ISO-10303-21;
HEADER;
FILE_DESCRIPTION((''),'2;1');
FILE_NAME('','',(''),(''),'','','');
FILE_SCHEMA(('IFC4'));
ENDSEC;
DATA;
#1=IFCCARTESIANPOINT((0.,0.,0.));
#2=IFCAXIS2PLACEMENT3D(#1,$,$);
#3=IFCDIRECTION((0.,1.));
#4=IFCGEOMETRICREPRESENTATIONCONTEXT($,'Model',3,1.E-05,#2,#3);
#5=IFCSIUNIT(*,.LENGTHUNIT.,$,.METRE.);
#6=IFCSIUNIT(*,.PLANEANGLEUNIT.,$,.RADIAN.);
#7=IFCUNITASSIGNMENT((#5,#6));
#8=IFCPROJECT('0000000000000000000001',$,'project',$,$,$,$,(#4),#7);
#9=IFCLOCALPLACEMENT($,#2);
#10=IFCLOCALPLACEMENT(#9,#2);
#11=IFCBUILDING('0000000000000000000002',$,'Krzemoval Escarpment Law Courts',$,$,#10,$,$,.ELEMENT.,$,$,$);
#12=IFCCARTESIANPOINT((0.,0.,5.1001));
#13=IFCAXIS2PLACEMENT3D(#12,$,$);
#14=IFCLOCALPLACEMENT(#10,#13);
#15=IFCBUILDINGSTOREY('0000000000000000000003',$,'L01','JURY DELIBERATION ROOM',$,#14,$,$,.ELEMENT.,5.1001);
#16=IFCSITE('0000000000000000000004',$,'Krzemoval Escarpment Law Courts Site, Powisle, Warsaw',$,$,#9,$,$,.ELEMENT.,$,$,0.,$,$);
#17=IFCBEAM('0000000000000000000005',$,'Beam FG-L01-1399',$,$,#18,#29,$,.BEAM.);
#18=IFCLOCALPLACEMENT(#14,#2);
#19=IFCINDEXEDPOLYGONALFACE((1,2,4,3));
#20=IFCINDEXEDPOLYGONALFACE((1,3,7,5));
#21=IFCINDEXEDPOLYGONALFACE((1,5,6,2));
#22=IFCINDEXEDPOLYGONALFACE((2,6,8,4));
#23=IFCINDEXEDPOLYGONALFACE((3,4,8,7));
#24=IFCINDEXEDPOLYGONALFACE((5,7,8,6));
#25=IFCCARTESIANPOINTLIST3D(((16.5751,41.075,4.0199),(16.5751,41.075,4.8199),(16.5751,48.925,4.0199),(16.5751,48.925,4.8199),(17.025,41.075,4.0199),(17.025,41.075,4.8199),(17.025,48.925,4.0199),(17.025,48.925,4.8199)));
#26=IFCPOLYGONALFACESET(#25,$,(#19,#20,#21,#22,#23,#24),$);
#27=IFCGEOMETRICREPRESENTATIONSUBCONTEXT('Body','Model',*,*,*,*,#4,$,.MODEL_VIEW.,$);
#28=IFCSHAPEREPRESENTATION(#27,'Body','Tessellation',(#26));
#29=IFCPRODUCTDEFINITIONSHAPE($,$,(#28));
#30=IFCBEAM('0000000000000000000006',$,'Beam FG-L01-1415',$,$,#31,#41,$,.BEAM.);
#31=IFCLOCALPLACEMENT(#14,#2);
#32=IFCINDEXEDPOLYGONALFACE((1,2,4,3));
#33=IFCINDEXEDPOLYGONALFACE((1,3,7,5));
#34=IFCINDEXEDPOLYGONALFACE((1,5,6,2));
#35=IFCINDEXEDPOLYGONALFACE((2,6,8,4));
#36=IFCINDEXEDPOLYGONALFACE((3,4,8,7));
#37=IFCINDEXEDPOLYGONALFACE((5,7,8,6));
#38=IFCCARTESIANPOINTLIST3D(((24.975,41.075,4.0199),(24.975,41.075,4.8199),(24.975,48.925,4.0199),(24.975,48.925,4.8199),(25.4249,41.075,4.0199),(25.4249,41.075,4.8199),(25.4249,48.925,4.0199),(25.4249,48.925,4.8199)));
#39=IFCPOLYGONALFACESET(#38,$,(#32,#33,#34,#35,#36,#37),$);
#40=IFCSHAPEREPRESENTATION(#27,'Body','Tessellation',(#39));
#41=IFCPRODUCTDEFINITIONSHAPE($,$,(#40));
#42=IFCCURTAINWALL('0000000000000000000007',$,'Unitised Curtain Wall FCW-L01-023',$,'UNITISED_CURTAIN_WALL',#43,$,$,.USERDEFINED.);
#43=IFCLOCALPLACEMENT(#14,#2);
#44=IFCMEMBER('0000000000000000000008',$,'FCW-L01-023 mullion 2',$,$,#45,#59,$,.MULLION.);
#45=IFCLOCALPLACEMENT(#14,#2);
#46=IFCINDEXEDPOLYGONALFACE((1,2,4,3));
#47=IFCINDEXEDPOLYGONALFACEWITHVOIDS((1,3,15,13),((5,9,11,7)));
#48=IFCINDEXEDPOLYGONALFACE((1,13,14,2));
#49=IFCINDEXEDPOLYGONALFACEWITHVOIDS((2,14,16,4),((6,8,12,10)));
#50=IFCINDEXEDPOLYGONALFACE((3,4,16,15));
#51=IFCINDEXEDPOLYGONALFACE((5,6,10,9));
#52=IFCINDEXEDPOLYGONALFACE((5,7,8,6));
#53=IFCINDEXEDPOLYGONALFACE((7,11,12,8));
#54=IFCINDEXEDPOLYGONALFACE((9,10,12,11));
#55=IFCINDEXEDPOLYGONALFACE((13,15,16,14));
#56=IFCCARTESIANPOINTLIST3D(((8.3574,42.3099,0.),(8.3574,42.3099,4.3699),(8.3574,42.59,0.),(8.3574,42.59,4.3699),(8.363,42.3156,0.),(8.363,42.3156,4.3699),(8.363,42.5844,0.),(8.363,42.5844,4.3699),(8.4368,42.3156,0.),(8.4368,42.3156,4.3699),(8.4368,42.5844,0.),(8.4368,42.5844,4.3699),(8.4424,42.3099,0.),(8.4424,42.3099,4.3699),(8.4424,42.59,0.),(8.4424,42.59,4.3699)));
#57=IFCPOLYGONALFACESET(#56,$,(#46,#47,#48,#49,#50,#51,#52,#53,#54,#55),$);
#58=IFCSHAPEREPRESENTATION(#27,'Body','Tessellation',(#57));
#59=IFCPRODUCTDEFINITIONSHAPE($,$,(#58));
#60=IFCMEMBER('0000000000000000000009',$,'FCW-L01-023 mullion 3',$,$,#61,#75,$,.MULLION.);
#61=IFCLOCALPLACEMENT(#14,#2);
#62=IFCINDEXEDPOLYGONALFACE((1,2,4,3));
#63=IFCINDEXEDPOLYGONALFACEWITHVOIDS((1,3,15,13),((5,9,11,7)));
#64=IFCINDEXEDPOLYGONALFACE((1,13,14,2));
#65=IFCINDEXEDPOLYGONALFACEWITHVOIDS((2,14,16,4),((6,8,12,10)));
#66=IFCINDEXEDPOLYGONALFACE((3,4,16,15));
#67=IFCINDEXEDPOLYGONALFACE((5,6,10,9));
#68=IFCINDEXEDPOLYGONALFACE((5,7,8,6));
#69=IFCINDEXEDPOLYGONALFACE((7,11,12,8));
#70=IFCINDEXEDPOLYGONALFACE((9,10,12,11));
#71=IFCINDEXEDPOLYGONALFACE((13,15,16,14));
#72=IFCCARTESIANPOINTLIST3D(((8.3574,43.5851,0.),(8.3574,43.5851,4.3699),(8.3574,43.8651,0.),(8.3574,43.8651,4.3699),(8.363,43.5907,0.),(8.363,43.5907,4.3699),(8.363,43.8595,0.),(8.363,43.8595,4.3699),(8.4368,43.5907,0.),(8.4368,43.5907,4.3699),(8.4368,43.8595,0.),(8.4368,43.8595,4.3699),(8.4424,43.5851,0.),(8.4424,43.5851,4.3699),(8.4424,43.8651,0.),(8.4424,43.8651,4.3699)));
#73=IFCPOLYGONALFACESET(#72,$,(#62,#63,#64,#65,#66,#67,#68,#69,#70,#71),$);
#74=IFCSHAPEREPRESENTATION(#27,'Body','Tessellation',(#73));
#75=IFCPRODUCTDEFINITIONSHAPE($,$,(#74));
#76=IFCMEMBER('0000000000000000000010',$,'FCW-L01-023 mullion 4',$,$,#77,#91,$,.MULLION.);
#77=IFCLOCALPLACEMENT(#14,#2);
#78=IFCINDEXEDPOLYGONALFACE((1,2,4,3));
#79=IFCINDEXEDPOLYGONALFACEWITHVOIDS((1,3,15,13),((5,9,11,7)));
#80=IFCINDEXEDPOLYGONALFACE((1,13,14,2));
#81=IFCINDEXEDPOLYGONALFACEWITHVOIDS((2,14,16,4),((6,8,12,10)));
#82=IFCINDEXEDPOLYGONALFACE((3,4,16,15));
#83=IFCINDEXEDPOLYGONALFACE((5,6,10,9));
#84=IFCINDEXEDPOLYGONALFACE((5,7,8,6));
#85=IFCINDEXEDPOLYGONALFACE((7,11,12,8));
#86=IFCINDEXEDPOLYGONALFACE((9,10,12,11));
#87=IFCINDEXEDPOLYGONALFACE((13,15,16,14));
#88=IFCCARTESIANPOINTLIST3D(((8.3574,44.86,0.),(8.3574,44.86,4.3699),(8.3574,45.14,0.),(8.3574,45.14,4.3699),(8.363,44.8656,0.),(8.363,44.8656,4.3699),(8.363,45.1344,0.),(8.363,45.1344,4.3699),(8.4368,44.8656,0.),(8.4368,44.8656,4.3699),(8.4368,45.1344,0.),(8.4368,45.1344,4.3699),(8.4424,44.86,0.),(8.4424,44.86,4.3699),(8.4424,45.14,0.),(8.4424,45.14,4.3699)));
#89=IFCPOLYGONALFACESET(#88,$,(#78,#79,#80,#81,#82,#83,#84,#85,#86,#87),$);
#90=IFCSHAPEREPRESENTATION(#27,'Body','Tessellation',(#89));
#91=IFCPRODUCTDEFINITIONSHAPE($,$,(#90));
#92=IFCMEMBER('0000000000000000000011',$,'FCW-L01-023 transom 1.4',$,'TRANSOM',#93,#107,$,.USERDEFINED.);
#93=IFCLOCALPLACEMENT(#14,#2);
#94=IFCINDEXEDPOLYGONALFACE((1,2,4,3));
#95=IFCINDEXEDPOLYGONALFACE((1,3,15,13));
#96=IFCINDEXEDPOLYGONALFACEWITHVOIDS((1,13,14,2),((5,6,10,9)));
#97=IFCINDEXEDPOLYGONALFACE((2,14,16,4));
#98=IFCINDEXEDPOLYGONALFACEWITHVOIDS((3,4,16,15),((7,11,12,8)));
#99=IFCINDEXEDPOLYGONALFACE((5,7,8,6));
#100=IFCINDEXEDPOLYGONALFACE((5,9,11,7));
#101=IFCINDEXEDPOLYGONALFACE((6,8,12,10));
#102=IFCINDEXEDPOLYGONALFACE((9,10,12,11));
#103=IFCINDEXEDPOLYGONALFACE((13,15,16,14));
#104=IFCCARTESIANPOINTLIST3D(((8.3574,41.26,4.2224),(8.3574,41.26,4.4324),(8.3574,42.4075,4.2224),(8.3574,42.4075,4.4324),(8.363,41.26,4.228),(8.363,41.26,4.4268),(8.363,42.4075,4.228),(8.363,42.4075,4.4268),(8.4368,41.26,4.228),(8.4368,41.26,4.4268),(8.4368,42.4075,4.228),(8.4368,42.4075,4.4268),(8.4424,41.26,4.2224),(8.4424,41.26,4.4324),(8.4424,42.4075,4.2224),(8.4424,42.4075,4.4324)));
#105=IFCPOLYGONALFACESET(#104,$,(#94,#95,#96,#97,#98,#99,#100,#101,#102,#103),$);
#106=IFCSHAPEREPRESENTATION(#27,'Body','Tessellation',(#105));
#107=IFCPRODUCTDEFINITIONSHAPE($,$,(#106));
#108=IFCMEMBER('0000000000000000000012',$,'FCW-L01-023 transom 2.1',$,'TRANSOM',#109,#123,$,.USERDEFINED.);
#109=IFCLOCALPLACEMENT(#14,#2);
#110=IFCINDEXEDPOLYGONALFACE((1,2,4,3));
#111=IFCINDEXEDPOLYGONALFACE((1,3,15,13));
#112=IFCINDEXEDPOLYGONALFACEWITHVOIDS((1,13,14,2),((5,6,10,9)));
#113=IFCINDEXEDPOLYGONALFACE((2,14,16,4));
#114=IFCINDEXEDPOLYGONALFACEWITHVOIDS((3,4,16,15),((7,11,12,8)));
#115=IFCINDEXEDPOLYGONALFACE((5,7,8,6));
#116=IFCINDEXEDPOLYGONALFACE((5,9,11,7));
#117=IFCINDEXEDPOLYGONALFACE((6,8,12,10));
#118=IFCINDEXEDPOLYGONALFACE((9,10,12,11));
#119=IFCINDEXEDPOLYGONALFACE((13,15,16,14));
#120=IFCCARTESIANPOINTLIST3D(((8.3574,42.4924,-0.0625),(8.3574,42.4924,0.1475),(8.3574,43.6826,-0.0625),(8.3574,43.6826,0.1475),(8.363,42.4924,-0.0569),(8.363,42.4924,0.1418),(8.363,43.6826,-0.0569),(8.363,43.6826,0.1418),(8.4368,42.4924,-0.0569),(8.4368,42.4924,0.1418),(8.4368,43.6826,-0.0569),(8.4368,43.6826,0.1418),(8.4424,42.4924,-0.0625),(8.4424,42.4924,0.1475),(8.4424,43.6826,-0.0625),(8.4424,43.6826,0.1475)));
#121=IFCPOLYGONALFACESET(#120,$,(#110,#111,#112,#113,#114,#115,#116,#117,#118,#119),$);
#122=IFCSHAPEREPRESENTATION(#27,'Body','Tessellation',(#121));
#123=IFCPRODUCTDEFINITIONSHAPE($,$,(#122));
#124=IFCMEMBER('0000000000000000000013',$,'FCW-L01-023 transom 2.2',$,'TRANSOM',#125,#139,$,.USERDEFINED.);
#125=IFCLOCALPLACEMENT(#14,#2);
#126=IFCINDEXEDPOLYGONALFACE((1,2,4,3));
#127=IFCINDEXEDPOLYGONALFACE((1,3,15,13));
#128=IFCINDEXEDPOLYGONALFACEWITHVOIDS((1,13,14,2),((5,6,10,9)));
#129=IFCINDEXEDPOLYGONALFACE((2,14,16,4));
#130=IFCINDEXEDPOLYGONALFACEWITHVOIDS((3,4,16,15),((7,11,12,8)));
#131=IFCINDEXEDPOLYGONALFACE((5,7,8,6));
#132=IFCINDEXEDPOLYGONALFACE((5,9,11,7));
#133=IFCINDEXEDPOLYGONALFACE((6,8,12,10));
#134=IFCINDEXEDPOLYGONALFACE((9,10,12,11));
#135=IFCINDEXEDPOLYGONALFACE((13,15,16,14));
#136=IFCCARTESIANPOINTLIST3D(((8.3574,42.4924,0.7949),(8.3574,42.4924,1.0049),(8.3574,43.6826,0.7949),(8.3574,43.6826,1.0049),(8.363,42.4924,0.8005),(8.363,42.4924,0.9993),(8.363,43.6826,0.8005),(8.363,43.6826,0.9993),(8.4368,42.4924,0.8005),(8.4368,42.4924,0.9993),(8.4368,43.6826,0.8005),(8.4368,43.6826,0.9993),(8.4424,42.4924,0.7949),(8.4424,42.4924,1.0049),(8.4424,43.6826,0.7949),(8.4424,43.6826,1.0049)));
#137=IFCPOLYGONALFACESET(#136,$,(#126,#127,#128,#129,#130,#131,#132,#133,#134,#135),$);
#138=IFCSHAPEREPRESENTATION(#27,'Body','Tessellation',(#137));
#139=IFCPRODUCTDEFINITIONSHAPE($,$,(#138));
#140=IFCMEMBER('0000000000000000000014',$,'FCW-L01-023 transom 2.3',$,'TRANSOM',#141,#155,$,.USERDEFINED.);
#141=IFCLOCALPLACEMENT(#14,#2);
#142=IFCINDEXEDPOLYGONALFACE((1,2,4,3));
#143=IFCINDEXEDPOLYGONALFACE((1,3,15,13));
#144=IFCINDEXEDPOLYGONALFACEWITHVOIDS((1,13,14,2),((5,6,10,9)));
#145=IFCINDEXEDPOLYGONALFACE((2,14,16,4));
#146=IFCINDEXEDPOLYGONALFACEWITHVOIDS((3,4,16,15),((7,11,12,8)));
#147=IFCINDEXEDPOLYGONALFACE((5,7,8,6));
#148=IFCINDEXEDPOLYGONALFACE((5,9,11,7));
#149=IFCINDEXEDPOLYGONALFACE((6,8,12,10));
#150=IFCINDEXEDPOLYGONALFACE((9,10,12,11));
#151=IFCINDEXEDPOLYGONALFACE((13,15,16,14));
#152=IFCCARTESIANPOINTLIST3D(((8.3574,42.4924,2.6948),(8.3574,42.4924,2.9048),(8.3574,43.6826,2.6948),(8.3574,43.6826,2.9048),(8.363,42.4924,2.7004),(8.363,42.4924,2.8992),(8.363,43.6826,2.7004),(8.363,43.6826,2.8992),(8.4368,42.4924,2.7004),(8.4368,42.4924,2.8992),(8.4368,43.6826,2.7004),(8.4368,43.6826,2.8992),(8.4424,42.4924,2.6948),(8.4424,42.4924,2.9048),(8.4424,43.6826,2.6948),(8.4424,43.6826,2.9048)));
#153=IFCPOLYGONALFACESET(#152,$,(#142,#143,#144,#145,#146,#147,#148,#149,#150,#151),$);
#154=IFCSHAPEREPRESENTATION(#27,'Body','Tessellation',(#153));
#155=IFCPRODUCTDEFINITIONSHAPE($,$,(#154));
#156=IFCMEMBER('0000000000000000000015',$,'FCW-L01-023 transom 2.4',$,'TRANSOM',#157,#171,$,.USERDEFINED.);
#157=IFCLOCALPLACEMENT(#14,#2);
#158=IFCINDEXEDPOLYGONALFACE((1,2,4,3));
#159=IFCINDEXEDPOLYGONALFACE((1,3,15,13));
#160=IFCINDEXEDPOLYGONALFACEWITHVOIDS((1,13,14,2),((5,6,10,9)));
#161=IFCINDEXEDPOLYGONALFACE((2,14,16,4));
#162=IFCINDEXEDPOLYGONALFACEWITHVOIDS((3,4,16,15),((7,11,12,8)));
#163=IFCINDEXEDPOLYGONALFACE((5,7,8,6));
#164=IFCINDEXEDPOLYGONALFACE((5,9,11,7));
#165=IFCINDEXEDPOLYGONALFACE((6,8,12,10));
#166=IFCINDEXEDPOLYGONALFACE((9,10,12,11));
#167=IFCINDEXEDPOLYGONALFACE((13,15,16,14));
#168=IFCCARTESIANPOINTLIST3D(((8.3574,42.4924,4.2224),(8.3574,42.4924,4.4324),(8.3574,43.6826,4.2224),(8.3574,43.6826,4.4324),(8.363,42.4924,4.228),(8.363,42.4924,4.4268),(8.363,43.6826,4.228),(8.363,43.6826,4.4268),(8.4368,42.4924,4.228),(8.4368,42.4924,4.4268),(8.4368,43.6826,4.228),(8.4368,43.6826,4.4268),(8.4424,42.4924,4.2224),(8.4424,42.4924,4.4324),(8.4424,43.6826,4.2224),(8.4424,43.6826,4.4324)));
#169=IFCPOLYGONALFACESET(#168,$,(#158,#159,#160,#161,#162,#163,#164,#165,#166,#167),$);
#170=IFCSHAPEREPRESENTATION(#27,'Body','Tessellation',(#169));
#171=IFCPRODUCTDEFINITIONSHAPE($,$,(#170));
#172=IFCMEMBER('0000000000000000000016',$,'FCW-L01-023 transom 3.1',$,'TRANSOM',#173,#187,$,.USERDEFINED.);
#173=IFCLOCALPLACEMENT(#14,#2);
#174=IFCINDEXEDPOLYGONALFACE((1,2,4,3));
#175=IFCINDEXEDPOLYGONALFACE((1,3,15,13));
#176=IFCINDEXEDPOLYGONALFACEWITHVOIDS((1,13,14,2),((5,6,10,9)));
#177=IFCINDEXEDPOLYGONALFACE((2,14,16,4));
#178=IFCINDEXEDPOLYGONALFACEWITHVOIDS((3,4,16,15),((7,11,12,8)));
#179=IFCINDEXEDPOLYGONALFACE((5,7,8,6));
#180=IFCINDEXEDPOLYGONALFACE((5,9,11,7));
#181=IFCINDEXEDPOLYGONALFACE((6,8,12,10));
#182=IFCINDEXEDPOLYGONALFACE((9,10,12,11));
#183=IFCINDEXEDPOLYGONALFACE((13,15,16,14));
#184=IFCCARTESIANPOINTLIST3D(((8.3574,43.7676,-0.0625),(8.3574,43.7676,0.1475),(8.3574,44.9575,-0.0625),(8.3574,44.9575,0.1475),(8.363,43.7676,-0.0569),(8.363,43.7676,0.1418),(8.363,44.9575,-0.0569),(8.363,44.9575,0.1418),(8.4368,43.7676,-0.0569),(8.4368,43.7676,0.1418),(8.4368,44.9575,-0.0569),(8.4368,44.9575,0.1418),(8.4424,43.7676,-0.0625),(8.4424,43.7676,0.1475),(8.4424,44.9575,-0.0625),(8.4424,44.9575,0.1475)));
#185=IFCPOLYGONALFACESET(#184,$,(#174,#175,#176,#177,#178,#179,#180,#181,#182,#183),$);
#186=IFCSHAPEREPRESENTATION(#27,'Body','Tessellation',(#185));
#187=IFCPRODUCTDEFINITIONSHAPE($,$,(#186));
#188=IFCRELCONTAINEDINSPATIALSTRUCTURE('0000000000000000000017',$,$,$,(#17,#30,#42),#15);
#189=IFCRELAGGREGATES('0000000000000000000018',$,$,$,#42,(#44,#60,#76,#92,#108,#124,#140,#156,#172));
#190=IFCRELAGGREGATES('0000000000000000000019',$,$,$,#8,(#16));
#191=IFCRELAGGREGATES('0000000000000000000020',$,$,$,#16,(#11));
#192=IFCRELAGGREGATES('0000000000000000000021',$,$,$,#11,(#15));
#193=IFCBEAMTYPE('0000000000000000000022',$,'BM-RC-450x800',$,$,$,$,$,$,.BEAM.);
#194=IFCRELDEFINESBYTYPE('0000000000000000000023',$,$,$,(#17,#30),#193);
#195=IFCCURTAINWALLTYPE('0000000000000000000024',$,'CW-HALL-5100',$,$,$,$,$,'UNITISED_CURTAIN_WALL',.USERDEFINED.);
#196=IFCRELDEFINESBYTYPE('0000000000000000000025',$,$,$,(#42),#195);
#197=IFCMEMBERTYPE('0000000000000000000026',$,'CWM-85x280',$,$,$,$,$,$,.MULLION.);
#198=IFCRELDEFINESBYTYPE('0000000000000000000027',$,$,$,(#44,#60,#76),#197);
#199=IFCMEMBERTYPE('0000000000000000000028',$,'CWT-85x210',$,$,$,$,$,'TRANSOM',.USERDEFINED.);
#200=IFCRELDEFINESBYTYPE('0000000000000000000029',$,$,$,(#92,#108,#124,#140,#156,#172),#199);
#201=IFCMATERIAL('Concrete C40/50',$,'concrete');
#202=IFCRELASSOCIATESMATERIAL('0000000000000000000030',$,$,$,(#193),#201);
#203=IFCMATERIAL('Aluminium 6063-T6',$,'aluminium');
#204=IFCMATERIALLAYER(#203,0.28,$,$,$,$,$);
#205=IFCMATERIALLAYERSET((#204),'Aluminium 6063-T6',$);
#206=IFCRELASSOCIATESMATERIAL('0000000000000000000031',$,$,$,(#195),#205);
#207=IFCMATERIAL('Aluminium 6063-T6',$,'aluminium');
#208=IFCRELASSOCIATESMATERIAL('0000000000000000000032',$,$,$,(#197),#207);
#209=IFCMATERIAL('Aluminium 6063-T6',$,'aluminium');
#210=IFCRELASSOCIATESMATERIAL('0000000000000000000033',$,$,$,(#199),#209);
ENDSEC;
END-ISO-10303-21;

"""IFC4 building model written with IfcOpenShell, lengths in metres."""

from ifc_helpers import new_model, si_unit, direction, frame, origin, origin_2d, place, context, subcontext, project, spatial, rectangle, hollow_rectangle, extrude, material, layer, layer_set, material_profile, profile_set, type_object, element, aggregate, save


model = new_model("IFC4")

# Units and contexts
model_context = context("Model", 3, precision=1e-05, world=origin(), true_north=direction((0.0, 1.0)))
body_context = subcontext(model_context, "Body", "Model", "MODEL_VIEW")
ifc_project = project(units=[si_unit("LENGTHUNIT", "METRE"), si_unit("PLANEANGLEUNIT", "RADIAN")], contexts=[model_context])

# Site, building, storey
site_placement = place(None, origin())
site = spatial("IfcSite", under=ifc_project, at=site_placement, Name="Krzemoval Escarpment Law Courts Site, Powisle, Warsaw", CompositionType="ELEMENT", RefElevation=0.0)
building_placement = place(site_placement, origin())
building = spatial("IfcBuilding", under=site, at=building_placement, Name="Krzemoval Escarpment Law Courts", CompositionType="ELEMENT")
storey_placement = place(building_placement, frame((0.0, 0.0, 5.1001)))
storey = spatial("IfcBuildingStorey", under=building, at=storey_placement, Name="L01", Description="JURY DELIBERATION ROOM", CompositionType="ELEMENT", Elevation=5.1001)

# Beams
ifc_material_1 = material(Name="Concrete C40/50", Category="concrete")
ifc_material_profile_1 = material_profile(ifc_material_1, rectangle(XDim=0.45, YDim=0.8, at=origin_2d()), Name="RCB 450x800")
ifc_profile_set_1 = profile_set([ifc_material_profile_1], Name="Concrete C40/50")
beam_type_1 = type_object("IfcBeamType", Name="BM-RC-450x800", PredefinedType="BEAM", material=ifc_profile_set_1)
for number, where, z_axis, x_axis, name in (
    (1, (16.8, 41.075, 4.4199), (0.0, 1.0, 0.0), (-1.0, 0.0, 0.0), "Beam FG-L01-1399"),
    (2, (25.2, 41.075, 4.4199), (0.0, 1.0, 0.0), (-1.0, 0.0, 0.0), "Beam FG-L01-1415"),
):
    element("IfcBeam", number, at=place(storey_placement, frame(where, z_axis=z_axis, x_axis=x_axis)), inside=storey, type_object=beam_type_1, Name=name, PredefinedType="BEAM", context=body_context, shape_type="SweptSolid", body=[
        extrude(rectangle(XDim=0.45, YDim=0.8, at=origin_2d()), origin(), (0.0, 0.0, 1.0), 7.8501),
    ])

# Curtain wall, members
ifc_material_2 = material(Name="Aluminium 6063-T6", Category="aluminium")
ifc_layer_1 = layer(ifc_material_2, 0.28)
ifc_layer_set_1 = layer_set([ifc_layer_1], Name="Aluminium 6063-T6")
curtain_wall_type = type_object("IfcCurtainWallType", Name="CW-HALL-5100", ElementType="UNITISED_CURTAIN_WALL", PredefinedType="USERDEFINED", material=ifc_layer_set_1)
curtain_wall_placement = place(storey_placement, origin())
curtain_wall = element("IfcCurtainWall", 3, at=curtain_wall_placement, inside=storey, type_object=curtain_wall_type, Name="Unitised Curtain Wall FCW-L01-023", ObjectType="UNITISED_CURTAIN_WALL", PredefinedType="USERDEFINED")
ifc_material_3 = material(Name="Aluminium 6063-T6", Category="aluminium")
ifc_material_profile_2 = material_profile(ifc_material_3, hollow_rectangle(XDim=0.085, YDim=0.28, WallThickness=0.0056, at=origin_2d()), Name="ALU M85x280")
ifc_profile_set_2 = profile_set([ifc_material_profile_2], Name="Aluminium 6063-T6")
member_type_1 = type_object("IfcMemberType", Name="CWM-85x280", PredefinedType="MULLION", material=ifc_profile_set_2)
member_1_placement = place(storey_placement, frame((8.3999, 42.45, 0.0), z_axis=(0.0, 0.0, 1.0), x_axis=(-1.0, 0.0, 0.0)))
member_1 = element("IfcMember", 4, at=member_1_placement, type_object=member_type_1, Name="FCW-L01-023 mullion 2", PredefinedType="MULLION", context=body_context, shape_type="SweptSolid", body=[
    extrude(hollow_rectangle(XDim=0.085, YDim=0.28, WallThickness=0.0056, at=origin_2d()), origin(), (0.0, 0.0, 1.0), 4.3699),
])
member_2_placement = place(storey_placement, frame((8.3999, 43.7251, 0.0), z_axis=(0.0, 0.0, 1.0), x_axis=(-1.0, 0.0, 0.0)))
member_2 = element("IfcMember", 5, at=member_2_placement, type_object=member_type_1, Name="FCW-L01-023 mullion 3", PredefinedType="MULLION", context=body_context, shape_type="SweptSolid", body=[
    extrude(hollow_rectangle(XDim=0.085, YDim=0.28, WallThickness=0.0056, at=origin_2d()), origin(), (0.0, 0.0, 1.0), 4.3699),
])
member_3_placement = place(storey_placement, frame((8.3999, 45.0, 0.0), z_axis=(0.0, 0.0, 1.0), x_axis=(-1.0, 0.0, 0.0)))
member_3 = element("IfcMember", 6, at=member_3_placement, type_object=member_type_1, Name="FCW-L01-023 mullion 4", PredefinedType="MULLION", context=body_context, shape_type="SweptSolid", body=[
    extrude(hollow_rectangle(XDim=0.085, YDim=0.28, WallThickness=0.0056, at=origin_2d()), origin(), (0.0, 0.0, 1.0), 4.3699),
])
ifc_material_4 = material(Name="Aluminium 6063-T6", Category="aluminium")
ifc_material_profile_3 = material_profile(ifc_material_4, hollow_rectangle(XDim=0.085, YDim=0.21, WallThickness=0.0056, at=origin_2d()), Name="ALU T85x210")
ifc_profile_set_3 = profile_set([ifc_material_profile_3], Name="Aluminium 6063-T6")
member_type_2 = type_object("IfcMemberType", Name="CWT-85x210", ElementType="TRANSOM", PredefinedType="USERDEFINED", material=ifc_profile_set_3)
member_4_placement = place(storey_placement, frame((8.3999, 41.26, 4.3274), z_axis=(0.0, 1.0, 0.0), x_axis=(-1.0, 0.0, 0.0)))
member_4 = element("IfcMember", 7, at=member_4_placement, type_object=member_type_2, Name="FCW-L01-023 transom 1.4", ObjectType="TRANSOM", PredefinedType="USERDEFINED", context=body_context, shape_type="SweptSolid", body=[
    extrude(hollow_rectangle(XDim=0.085, YDim=0.21, WallThickness=0.0056, at=origin_2d()), origin(), (0.0, 0.0, 1.0), 1.1475),
])
member_5_placement = place(storey_placement, frame((8.3999, 42.4924, 0.0425), z_axis=(0.0, 1.0, 0.0), x_axis=(-1.0, 0.0, 0.0)))
member_5 = element("IfcMember", 8, at=member_5_placement, type_object=member_type_2, Name="FCW-L01-023 transom 2.1", ObjectType="TRANSOM", PredefinedType="USERDEFINED", context=body_context, shape_type="SweptSolid", body=[
    extrude(hollow_rectangle(XDim=0.085, YDim=0.21, WallThickness=0.0056, at=origin_2d()), origin(), (0.0, 0.0, 1.0), 1.1902),
])
member_6_placement = place(storey_placement, frame((8.3999, 42.4924, 0.8999), z_axis=(0.0, 1.0, 0.0), x_axis=(-1.0, 0.0, 0.0)))
member_6 = element("IfcMember", 9, at=member_6_placement, type_object=member_type_2, Name="FCW-L01-023 transom 2.2", ObjectType="TRANSOM", PredefinedType="USERDEFINED", context=body_context, shape_type="SweptSolid", body=[
    extrude(hollow_rectangle(XDim=0.085, YDim=0.21, WallThickness=0.0056, at=origin_2d()), origin(), (0.0, 0.0, 1.0), 1.1902),
])
member_7_placement = place(storey_placement, frame((8.3999, 42.4924, 2.7998), z_axis=(0.0, 1.0, 0.0), x_axis=(-1.0, 0.0, 0.0)))
member_7 = element("IfcMember", 10, at=member_7_placement, type_object=member_type_2, Name="FCW-L01-023 transom 2.3", ObjectType="TRANSOM", PredefinedType="USERDEFINED", context=body_context, shape_type="SweptSolid", body=[
    extrude(hollow_rectangle(XDim=0.085, YDim=0.21, WallThickness=0.0056, at=origin_2d()), origin(), (0.0, 0.0, 1.0), 1.1902),
])
member_8_placement = place(storey_placement, frame((8.3999, 42.4924, 4.3274), z_axis=(0.0, 1.0, 0.0), x_axis=(-1.0, 0.0, 0.0)))
member_8 = element("IfcMember", 11, at=member_8_placement, type_object=member_type_2, Name="FCW-L01-023 transom 2.4", ObjectType="TRANSOM", PredefinedType="USERDEFINED", context=body_context, shape_type="SweptSolid", body=[
    extrude(hollow_rectangle(XDim=0.085, YDim=0.21, WallThickness=0.0056, at=origin_2d()), origin(), (0.0, 0.0, 1.0), 1.1902),
])
member_9_placement = place(storey_placement, frame((8.3999, 43.7676, 0.0425), z_axis=(0.0, 1.0, 0.0), x_axis=(-1.0, 0.0, 0.0)))
member_9 = element("IfcMember", 12, at=member_9_placement, type_object=member_type_2, Name="FCW-L01-023 transom 3.1", ObjectType="TRANSOM", PredefinedType="USERDEFINED", context=body_context, shape_type="SweptSolid", body=[
    extrude(hollow_rectangle(XDim=0.085, YDim=0.21, WallThickness=0.0056, at=origin_2d()), origin(), (0.0, 0.0, 1.0), 1.1899),
])

aggregate(curtain_wall, [member_1, member_2, member_3, member_4, member_5, member_6, member_7, member_8, member_9])

save(model, "model.ifc")
